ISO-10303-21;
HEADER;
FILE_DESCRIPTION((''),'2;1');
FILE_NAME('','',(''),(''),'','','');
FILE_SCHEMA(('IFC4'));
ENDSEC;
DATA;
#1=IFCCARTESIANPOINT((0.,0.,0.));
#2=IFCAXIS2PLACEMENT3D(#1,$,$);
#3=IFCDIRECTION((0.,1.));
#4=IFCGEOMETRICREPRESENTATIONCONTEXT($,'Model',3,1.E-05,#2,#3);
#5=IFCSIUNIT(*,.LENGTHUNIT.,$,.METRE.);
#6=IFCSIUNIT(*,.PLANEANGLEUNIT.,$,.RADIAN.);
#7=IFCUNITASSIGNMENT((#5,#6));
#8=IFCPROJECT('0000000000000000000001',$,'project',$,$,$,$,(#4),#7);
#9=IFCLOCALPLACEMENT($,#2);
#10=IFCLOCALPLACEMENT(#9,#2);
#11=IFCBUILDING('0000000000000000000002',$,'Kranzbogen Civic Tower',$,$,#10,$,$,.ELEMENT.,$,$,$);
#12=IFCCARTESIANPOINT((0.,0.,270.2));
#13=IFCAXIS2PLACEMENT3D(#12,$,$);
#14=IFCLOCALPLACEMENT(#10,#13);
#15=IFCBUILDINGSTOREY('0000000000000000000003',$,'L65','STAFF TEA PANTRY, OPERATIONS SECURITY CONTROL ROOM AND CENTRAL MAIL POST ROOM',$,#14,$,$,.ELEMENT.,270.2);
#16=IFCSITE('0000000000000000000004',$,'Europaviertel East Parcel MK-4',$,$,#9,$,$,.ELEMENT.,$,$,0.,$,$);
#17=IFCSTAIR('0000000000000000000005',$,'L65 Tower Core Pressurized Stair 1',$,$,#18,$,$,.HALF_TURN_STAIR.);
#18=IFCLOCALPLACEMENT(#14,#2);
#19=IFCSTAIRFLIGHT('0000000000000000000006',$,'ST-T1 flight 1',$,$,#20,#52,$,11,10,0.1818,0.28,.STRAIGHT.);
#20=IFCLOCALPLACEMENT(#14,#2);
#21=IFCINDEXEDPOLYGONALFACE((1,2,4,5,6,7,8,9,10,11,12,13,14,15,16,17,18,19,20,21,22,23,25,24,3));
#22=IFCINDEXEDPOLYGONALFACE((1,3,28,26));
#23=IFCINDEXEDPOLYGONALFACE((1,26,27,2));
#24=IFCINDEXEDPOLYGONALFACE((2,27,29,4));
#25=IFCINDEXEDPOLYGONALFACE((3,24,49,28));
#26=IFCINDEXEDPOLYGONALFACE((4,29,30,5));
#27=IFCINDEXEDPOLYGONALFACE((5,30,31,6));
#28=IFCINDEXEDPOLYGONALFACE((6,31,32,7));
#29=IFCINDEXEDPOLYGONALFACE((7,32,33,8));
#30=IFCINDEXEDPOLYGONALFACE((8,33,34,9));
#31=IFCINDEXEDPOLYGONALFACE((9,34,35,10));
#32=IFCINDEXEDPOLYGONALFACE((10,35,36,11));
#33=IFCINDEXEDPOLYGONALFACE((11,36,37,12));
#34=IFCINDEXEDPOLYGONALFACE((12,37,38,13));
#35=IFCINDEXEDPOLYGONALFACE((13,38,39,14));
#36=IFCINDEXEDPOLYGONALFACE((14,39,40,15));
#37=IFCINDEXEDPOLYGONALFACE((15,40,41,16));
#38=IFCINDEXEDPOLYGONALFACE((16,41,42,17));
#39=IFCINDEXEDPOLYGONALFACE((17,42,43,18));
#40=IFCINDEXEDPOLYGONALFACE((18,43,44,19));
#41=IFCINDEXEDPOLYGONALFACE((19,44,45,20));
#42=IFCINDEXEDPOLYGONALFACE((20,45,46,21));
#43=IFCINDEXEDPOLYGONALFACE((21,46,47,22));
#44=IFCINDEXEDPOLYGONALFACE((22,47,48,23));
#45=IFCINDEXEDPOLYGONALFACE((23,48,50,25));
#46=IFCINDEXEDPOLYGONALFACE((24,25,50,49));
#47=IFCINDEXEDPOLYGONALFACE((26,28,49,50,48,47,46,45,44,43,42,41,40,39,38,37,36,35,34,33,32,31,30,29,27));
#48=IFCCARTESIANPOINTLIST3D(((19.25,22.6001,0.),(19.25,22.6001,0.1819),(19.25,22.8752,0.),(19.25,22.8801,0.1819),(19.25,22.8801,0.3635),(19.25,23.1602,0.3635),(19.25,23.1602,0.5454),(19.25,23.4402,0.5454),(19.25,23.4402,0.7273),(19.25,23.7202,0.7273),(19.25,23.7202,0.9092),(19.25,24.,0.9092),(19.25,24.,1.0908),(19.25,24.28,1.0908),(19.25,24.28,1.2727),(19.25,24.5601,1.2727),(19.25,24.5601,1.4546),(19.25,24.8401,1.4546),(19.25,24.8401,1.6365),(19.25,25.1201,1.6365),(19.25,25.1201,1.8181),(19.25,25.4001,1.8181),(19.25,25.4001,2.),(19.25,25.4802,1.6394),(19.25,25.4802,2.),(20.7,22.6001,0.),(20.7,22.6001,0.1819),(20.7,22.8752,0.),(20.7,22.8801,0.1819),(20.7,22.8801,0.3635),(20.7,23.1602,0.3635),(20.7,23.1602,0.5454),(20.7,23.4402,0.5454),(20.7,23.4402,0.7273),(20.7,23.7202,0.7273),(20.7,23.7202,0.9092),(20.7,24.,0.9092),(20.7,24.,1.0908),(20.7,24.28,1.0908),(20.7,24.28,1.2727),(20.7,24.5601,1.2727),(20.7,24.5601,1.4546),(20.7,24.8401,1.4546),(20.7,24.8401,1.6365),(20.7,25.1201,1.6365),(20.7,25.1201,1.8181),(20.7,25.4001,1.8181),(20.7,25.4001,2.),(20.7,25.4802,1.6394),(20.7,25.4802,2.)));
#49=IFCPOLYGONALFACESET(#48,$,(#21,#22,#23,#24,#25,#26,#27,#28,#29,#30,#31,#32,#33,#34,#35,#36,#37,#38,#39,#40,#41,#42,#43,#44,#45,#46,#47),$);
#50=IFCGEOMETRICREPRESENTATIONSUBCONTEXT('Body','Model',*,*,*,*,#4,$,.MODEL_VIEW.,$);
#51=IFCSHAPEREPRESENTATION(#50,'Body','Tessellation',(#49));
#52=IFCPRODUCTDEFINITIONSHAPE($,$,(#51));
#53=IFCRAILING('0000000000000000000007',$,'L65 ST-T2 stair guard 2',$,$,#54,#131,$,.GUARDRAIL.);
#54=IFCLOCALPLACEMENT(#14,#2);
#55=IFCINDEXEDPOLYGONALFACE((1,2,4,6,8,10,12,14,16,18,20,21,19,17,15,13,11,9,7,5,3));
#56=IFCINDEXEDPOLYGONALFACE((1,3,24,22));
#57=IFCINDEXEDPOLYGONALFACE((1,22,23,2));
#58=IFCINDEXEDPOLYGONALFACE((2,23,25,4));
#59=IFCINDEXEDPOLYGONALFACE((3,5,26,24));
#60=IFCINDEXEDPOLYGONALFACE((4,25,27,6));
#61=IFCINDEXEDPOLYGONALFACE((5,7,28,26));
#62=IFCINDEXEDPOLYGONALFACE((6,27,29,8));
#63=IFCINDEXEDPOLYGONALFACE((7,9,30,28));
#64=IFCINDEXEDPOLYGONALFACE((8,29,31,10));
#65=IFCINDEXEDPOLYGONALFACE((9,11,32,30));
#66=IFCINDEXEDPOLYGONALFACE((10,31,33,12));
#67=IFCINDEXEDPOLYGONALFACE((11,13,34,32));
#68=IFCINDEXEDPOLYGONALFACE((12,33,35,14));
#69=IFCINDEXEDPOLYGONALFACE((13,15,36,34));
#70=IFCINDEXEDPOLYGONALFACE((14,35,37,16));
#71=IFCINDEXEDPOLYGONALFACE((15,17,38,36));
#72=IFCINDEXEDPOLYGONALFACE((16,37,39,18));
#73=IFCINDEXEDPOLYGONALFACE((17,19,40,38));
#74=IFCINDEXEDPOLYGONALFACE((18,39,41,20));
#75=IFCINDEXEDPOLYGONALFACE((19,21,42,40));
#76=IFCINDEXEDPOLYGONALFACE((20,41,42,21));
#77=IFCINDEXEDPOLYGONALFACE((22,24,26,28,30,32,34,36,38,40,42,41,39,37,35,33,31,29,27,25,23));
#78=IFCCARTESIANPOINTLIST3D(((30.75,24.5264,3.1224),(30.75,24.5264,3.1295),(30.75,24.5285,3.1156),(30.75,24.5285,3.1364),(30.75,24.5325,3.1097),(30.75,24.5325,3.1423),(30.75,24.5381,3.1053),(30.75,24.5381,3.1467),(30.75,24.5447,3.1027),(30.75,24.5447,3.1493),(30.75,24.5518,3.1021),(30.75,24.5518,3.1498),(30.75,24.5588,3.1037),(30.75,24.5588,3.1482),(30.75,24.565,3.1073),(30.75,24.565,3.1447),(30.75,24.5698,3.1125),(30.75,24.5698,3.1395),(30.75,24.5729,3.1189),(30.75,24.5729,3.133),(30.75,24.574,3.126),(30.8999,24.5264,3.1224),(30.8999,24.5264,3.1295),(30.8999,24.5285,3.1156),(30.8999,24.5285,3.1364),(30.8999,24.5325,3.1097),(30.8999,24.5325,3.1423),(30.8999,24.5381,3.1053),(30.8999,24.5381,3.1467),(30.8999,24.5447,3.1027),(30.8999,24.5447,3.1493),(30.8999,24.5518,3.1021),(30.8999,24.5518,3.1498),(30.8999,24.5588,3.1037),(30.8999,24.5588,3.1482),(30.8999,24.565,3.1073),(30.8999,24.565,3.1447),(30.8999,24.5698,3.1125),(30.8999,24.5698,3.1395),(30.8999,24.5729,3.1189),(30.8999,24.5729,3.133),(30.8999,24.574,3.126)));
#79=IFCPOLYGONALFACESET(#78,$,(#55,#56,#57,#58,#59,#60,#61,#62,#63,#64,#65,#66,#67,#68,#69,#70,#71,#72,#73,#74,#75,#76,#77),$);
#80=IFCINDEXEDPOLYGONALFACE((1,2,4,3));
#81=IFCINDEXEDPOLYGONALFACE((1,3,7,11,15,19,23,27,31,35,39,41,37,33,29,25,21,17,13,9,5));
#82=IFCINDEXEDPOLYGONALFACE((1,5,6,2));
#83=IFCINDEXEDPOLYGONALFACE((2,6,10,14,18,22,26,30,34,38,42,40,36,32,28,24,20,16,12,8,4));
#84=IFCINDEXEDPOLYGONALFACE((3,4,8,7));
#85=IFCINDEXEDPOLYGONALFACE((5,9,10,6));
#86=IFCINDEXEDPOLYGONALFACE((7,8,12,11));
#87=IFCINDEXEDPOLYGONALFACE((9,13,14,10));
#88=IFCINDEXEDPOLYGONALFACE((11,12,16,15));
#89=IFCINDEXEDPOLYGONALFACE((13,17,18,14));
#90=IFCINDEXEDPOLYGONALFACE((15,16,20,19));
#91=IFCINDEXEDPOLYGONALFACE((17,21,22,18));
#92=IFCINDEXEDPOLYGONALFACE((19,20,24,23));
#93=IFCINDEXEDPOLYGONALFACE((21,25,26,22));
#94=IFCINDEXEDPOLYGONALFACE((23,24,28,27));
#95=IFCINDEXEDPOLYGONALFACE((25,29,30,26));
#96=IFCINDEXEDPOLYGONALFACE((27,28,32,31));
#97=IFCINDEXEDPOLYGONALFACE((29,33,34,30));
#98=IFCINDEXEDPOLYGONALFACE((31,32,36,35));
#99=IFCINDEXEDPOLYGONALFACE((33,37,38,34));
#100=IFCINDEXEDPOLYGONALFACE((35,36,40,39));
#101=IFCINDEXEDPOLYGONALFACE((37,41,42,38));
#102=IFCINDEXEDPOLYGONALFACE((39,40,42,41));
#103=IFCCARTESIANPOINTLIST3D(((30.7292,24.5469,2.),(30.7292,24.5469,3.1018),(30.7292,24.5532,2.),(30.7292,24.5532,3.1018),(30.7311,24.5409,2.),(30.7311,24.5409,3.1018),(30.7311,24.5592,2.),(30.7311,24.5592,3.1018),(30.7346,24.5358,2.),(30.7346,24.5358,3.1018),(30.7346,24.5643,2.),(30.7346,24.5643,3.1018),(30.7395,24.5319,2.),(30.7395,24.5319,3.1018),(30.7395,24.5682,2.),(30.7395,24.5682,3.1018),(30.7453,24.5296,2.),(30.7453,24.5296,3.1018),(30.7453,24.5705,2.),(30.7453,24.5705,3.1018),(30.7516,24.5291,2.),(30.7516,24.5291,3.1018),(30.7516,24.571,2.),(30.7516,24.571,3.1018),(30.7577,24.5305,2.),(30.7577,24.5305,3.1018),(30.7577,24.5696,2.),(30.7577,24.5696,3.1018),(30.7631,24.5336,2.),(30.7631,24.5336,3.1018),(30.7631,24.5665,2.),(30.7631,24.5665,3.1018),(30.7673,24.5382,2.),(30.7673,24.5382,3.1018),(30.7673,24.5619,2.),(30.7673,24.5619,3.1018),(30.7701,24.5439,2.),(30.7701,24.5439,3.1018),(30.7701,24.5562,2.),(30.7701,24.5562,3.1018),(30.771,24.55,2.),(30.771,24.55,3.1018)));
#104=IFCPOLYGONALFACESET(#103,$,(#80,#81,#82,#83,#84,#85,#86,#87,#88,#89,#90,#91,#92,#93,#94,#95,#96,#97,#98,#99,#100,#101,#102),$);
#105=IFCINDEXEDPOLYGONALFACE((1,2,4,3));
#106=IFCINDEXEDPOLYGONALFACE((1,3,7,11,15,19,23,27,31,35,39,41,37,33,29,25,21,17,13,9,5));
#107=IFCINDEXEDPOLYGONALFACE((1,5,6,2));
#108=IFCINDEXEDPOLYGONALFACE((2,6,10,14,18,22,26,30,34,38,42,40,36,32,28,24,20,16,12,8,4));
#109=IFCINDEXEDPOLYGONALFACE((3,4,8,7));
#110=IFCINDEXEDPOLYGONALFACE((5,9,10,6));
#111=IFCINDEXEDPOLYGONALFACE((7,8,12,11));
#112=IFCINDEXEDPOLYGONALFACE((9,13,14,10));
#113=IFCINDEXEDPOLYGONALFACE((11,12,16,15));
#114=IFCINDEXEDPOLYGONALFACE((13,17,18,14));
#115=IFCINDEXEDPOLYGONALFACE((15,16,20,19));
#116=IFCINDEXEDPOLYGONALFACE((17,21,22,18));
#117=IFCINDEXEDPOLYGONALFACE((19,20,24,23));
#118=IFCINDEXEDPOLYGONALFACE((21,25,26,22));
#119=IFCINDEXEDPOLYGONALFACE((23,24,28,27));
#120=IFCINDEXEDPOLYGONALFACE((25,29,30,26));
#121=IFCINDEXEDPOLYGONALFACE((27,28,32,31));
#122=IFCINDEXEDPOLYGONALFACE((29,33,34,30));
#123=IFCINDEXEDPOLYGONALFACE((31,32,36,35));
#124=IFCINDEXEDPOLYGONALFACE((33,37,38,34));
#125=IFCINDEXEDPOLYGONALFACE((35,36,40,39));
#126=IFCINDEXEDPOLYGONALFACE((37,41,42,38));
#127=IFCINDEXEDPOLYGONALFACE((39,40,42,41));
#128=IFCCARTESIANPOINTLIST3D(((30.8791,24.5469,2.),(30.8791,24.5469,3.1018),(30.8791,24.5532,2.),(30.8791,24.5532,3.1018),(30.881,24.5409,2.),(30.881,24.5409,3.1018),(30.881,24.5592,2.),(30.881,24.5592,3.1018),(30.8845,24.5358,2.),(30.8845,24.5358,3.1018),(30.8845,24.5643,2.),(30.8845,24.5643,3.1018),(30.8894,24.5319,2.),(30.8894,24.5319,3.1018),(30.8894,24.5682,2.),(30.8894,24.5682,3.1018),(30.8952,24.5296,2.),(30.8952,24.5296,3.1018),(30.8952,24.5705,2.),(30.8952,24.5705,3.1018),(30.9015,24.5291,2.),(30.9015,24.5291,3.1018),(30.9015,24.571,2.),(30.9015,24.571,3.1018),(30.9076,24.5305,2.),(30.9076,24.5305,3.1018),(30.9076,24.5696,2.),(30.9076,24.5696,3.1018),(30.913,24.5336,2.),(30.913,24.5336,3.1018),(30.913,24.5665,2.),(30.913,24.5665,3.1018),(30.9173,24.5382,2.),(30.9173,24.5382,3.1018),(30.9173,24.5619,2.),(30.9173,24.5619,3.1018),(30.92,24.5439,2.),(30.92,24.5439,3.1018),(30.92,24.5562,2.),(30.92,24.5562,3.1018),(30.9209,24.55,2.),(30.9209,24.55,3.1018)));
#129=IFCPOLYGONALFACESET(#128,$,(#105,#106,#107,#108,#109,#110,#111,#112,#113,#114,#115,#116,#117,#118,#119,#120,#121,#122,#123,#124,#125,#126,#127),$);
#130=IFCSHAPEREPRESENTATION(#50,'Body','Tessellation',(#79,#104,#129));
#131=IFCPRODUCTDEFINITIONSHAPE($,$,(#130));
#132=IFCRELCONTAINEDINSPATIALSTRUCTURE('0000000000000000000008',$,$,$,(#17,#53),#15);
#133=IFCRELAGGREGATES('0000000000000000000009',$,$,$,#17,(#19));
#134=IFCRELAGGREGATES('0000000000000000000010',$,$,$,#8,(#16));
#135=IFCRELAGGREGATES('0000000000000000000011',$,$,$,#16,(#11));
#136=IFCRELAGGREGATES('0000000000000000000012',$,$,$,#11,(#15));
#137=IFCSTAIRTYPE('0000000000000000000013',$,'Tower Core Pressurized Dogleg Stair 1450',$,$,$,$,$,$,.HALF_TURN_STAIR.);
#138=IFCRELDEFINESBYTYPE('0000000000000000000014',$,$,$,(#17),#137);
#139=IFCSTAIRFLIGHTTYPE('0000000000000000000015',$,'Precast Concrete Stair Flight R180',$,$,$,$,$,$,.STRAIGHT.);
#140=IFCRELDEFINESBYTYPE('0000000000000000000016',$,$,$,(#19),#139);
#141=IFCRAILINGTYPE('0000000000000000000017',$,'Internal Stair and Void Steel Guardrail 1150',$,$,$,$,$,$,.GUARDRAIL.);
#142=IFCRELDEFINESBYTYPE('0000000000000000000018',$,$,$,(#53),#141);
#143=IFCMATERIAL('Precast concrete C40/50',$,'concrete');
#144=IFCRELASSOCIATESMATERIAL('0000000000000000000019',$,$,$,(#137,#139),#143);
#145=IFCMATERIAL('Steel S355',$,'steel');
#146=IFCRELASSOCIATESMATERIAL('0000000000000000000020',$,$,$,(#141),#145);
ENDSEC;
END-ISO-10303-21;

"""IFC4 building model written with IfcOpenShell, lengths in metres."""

from ifc_helpers import new_model, si_unit, direction, frame, origin, origin_2d, place, context, subcontext, project, spatial, polyline, circle, outline, extrude, material, type_object, element, aggregate, save


model = new_model("IFC4")

# Units and contexts
model_context = context("Model", 3, precision=1e-05, world=origin(), true_north=direction((0.0, 1.0)))
body_context = subcontext(model_context, "Body", "Model", "MODEL_VIEW")
ifc_project = project(units=[si_unit("LENGTHUNIT", "METRE"), si_unit("PLANEANGLEUNIT", "RADIAN")], contexts=[model_context])

# Site, building, storey
site_placement = place(None, origin())
site = spatial("IfcSite", under=ifc_project, at=site_placement, Name="Europaviertel East Parcel MK-4", CompositionType="ELEMENT", RefElevation=0.0)
building_placement = place(site_placement, origin())
building = spatial("IfcBuilding", under=site, at=building_placement, Name="Kranzbogen Civic Tower", CompositionType="ELEMENT")
storey_placement = place(building_placement, frame((0.0, 0.0, 270.2)))
storey = spatial("IfcBuildingStorey", under=building, at=storey_placement, Name="L65", Description="STAFF TEA PANTRY, OPERATIONS SECURITY CONTROL ROOM AND CENTRAL MAIL POST ROOM", CompositionType="ELEMENT", Elevation=270.2)

# Shared definitions
ifc_material_1 = material(Name="Steel S355", Category="steel")

# Stair, stair flight
ifc_material_2 = material(Name="Precast concrete C40/50", Category="concrete")
stair_type = type_object("IfcStairType", Name="Tower Core Pressurized Dogleg Stair 1450", PredefinedType="HALF_TURN_STAIR", material=ifc_material_2)
stair_placement = place(storey_placement, origin())
stair = element("IfcStair", 1, at=stair_placement, inside=storey, type_object=stair_type, Name="L65 Tower Core Pressurized Stair 1", PredefinedType="HALF_TURN_STAIR")
stair_flight_type = type_object("IfcStairFlightType", Name="Precast Concrete Stair Flight R180", PredefinedType="STRAIGHT", material=ifc_material_2)
stair_flight_placement = place(storey_placement, frame((19.9751, 22.6001, 0.0), z_axis=(0.0, 0.0, 1.0), x_axis=(0.0, 1.0, 0.0)))
stair_flight = element("IfcStairFlight", 2, at=stair_flight_placement, type_object=stair_flight_type, Name="ST-T1 flight 1", NumberOfRisers=11, NumberOfTreads=10, PredefinedType="STRAIGHT", RiserHeight=0.1818, TreadLength=0.28, context=body_context, shape_type="SweptSolid", body=[
    extrude(outline(polyline([(0.0, 0.0), (0.0, 0.1819), (0.28, 0.1819), (0.28, 0.3635), (0.5601, 0.3635), (0.5601, 0.5454), (0.8401, 0.5454), (0.8401, 0.7273), (1.1201, 0.7273), (1.1201, 0.9092), (1.3999, 0.9092), (1.3999, 1.0908), (1.6799, 1.0908), (1.6799, 1.2727), (1.96, 1.2727), (1.96, 1.4546), (2.24, 1.4546), (2.24, 1.6365), (2.52, 1.6365), (2.52, 1.8181), (2.8, 1.8181), (2.8, 2.0), (2.8801, 2.0), (2.8801, 1.6394), (0.2751, 0.0), (0.0, 0.0)])), frame((0.0, 0.7251, 0.0), z_axis=(0.0, -1.0, 0.0), x_axis=(1.0, 0.0, 0.0)), (0.0, 0.0, 1.0), 1.45),
])
aggregate(stair, [stair_flight])

# Railing
railing_type_1 = type_object("IfcRailingType", Name="Internal Stair and Void Steel Guardrail 1150", PredefinedType="GUARDRAIL", material=ifc_material_1)
railing_1_placement = place(storey_placement, frame((30.75, 24.55, 2.0)))
element("IfcRailing", 3, at=railing_1_placement, inside=storey, type_object=railing_type_1, Name="L65 ST-T2 stair guard 2", PredefinedType="GUARDRAIL", context=body_context, shape_type="SweptSolid", body=[
    extrude(circle(Radius=0.0239, at=origin_2d()), frame((0.0, 0.0, 1.126), z_axis=(1.0, 0.0, 0.0), x_axis=(0.0, 1.0, 0.0)), (0.0, 0.0, 1.0), 0.1499),
    extrude(circle(Radius=0.021, at=origin_2d()), origin(), (0.0, 0.0, 1.0), 1.1018),
    extrude(circle(Radius=0.021, at=origin_2d()), frame((0.1499, 0.0, 0.0)), (0.0, 0.0, 1.0), 1.1018),
])

save(model, "model.ifc")
